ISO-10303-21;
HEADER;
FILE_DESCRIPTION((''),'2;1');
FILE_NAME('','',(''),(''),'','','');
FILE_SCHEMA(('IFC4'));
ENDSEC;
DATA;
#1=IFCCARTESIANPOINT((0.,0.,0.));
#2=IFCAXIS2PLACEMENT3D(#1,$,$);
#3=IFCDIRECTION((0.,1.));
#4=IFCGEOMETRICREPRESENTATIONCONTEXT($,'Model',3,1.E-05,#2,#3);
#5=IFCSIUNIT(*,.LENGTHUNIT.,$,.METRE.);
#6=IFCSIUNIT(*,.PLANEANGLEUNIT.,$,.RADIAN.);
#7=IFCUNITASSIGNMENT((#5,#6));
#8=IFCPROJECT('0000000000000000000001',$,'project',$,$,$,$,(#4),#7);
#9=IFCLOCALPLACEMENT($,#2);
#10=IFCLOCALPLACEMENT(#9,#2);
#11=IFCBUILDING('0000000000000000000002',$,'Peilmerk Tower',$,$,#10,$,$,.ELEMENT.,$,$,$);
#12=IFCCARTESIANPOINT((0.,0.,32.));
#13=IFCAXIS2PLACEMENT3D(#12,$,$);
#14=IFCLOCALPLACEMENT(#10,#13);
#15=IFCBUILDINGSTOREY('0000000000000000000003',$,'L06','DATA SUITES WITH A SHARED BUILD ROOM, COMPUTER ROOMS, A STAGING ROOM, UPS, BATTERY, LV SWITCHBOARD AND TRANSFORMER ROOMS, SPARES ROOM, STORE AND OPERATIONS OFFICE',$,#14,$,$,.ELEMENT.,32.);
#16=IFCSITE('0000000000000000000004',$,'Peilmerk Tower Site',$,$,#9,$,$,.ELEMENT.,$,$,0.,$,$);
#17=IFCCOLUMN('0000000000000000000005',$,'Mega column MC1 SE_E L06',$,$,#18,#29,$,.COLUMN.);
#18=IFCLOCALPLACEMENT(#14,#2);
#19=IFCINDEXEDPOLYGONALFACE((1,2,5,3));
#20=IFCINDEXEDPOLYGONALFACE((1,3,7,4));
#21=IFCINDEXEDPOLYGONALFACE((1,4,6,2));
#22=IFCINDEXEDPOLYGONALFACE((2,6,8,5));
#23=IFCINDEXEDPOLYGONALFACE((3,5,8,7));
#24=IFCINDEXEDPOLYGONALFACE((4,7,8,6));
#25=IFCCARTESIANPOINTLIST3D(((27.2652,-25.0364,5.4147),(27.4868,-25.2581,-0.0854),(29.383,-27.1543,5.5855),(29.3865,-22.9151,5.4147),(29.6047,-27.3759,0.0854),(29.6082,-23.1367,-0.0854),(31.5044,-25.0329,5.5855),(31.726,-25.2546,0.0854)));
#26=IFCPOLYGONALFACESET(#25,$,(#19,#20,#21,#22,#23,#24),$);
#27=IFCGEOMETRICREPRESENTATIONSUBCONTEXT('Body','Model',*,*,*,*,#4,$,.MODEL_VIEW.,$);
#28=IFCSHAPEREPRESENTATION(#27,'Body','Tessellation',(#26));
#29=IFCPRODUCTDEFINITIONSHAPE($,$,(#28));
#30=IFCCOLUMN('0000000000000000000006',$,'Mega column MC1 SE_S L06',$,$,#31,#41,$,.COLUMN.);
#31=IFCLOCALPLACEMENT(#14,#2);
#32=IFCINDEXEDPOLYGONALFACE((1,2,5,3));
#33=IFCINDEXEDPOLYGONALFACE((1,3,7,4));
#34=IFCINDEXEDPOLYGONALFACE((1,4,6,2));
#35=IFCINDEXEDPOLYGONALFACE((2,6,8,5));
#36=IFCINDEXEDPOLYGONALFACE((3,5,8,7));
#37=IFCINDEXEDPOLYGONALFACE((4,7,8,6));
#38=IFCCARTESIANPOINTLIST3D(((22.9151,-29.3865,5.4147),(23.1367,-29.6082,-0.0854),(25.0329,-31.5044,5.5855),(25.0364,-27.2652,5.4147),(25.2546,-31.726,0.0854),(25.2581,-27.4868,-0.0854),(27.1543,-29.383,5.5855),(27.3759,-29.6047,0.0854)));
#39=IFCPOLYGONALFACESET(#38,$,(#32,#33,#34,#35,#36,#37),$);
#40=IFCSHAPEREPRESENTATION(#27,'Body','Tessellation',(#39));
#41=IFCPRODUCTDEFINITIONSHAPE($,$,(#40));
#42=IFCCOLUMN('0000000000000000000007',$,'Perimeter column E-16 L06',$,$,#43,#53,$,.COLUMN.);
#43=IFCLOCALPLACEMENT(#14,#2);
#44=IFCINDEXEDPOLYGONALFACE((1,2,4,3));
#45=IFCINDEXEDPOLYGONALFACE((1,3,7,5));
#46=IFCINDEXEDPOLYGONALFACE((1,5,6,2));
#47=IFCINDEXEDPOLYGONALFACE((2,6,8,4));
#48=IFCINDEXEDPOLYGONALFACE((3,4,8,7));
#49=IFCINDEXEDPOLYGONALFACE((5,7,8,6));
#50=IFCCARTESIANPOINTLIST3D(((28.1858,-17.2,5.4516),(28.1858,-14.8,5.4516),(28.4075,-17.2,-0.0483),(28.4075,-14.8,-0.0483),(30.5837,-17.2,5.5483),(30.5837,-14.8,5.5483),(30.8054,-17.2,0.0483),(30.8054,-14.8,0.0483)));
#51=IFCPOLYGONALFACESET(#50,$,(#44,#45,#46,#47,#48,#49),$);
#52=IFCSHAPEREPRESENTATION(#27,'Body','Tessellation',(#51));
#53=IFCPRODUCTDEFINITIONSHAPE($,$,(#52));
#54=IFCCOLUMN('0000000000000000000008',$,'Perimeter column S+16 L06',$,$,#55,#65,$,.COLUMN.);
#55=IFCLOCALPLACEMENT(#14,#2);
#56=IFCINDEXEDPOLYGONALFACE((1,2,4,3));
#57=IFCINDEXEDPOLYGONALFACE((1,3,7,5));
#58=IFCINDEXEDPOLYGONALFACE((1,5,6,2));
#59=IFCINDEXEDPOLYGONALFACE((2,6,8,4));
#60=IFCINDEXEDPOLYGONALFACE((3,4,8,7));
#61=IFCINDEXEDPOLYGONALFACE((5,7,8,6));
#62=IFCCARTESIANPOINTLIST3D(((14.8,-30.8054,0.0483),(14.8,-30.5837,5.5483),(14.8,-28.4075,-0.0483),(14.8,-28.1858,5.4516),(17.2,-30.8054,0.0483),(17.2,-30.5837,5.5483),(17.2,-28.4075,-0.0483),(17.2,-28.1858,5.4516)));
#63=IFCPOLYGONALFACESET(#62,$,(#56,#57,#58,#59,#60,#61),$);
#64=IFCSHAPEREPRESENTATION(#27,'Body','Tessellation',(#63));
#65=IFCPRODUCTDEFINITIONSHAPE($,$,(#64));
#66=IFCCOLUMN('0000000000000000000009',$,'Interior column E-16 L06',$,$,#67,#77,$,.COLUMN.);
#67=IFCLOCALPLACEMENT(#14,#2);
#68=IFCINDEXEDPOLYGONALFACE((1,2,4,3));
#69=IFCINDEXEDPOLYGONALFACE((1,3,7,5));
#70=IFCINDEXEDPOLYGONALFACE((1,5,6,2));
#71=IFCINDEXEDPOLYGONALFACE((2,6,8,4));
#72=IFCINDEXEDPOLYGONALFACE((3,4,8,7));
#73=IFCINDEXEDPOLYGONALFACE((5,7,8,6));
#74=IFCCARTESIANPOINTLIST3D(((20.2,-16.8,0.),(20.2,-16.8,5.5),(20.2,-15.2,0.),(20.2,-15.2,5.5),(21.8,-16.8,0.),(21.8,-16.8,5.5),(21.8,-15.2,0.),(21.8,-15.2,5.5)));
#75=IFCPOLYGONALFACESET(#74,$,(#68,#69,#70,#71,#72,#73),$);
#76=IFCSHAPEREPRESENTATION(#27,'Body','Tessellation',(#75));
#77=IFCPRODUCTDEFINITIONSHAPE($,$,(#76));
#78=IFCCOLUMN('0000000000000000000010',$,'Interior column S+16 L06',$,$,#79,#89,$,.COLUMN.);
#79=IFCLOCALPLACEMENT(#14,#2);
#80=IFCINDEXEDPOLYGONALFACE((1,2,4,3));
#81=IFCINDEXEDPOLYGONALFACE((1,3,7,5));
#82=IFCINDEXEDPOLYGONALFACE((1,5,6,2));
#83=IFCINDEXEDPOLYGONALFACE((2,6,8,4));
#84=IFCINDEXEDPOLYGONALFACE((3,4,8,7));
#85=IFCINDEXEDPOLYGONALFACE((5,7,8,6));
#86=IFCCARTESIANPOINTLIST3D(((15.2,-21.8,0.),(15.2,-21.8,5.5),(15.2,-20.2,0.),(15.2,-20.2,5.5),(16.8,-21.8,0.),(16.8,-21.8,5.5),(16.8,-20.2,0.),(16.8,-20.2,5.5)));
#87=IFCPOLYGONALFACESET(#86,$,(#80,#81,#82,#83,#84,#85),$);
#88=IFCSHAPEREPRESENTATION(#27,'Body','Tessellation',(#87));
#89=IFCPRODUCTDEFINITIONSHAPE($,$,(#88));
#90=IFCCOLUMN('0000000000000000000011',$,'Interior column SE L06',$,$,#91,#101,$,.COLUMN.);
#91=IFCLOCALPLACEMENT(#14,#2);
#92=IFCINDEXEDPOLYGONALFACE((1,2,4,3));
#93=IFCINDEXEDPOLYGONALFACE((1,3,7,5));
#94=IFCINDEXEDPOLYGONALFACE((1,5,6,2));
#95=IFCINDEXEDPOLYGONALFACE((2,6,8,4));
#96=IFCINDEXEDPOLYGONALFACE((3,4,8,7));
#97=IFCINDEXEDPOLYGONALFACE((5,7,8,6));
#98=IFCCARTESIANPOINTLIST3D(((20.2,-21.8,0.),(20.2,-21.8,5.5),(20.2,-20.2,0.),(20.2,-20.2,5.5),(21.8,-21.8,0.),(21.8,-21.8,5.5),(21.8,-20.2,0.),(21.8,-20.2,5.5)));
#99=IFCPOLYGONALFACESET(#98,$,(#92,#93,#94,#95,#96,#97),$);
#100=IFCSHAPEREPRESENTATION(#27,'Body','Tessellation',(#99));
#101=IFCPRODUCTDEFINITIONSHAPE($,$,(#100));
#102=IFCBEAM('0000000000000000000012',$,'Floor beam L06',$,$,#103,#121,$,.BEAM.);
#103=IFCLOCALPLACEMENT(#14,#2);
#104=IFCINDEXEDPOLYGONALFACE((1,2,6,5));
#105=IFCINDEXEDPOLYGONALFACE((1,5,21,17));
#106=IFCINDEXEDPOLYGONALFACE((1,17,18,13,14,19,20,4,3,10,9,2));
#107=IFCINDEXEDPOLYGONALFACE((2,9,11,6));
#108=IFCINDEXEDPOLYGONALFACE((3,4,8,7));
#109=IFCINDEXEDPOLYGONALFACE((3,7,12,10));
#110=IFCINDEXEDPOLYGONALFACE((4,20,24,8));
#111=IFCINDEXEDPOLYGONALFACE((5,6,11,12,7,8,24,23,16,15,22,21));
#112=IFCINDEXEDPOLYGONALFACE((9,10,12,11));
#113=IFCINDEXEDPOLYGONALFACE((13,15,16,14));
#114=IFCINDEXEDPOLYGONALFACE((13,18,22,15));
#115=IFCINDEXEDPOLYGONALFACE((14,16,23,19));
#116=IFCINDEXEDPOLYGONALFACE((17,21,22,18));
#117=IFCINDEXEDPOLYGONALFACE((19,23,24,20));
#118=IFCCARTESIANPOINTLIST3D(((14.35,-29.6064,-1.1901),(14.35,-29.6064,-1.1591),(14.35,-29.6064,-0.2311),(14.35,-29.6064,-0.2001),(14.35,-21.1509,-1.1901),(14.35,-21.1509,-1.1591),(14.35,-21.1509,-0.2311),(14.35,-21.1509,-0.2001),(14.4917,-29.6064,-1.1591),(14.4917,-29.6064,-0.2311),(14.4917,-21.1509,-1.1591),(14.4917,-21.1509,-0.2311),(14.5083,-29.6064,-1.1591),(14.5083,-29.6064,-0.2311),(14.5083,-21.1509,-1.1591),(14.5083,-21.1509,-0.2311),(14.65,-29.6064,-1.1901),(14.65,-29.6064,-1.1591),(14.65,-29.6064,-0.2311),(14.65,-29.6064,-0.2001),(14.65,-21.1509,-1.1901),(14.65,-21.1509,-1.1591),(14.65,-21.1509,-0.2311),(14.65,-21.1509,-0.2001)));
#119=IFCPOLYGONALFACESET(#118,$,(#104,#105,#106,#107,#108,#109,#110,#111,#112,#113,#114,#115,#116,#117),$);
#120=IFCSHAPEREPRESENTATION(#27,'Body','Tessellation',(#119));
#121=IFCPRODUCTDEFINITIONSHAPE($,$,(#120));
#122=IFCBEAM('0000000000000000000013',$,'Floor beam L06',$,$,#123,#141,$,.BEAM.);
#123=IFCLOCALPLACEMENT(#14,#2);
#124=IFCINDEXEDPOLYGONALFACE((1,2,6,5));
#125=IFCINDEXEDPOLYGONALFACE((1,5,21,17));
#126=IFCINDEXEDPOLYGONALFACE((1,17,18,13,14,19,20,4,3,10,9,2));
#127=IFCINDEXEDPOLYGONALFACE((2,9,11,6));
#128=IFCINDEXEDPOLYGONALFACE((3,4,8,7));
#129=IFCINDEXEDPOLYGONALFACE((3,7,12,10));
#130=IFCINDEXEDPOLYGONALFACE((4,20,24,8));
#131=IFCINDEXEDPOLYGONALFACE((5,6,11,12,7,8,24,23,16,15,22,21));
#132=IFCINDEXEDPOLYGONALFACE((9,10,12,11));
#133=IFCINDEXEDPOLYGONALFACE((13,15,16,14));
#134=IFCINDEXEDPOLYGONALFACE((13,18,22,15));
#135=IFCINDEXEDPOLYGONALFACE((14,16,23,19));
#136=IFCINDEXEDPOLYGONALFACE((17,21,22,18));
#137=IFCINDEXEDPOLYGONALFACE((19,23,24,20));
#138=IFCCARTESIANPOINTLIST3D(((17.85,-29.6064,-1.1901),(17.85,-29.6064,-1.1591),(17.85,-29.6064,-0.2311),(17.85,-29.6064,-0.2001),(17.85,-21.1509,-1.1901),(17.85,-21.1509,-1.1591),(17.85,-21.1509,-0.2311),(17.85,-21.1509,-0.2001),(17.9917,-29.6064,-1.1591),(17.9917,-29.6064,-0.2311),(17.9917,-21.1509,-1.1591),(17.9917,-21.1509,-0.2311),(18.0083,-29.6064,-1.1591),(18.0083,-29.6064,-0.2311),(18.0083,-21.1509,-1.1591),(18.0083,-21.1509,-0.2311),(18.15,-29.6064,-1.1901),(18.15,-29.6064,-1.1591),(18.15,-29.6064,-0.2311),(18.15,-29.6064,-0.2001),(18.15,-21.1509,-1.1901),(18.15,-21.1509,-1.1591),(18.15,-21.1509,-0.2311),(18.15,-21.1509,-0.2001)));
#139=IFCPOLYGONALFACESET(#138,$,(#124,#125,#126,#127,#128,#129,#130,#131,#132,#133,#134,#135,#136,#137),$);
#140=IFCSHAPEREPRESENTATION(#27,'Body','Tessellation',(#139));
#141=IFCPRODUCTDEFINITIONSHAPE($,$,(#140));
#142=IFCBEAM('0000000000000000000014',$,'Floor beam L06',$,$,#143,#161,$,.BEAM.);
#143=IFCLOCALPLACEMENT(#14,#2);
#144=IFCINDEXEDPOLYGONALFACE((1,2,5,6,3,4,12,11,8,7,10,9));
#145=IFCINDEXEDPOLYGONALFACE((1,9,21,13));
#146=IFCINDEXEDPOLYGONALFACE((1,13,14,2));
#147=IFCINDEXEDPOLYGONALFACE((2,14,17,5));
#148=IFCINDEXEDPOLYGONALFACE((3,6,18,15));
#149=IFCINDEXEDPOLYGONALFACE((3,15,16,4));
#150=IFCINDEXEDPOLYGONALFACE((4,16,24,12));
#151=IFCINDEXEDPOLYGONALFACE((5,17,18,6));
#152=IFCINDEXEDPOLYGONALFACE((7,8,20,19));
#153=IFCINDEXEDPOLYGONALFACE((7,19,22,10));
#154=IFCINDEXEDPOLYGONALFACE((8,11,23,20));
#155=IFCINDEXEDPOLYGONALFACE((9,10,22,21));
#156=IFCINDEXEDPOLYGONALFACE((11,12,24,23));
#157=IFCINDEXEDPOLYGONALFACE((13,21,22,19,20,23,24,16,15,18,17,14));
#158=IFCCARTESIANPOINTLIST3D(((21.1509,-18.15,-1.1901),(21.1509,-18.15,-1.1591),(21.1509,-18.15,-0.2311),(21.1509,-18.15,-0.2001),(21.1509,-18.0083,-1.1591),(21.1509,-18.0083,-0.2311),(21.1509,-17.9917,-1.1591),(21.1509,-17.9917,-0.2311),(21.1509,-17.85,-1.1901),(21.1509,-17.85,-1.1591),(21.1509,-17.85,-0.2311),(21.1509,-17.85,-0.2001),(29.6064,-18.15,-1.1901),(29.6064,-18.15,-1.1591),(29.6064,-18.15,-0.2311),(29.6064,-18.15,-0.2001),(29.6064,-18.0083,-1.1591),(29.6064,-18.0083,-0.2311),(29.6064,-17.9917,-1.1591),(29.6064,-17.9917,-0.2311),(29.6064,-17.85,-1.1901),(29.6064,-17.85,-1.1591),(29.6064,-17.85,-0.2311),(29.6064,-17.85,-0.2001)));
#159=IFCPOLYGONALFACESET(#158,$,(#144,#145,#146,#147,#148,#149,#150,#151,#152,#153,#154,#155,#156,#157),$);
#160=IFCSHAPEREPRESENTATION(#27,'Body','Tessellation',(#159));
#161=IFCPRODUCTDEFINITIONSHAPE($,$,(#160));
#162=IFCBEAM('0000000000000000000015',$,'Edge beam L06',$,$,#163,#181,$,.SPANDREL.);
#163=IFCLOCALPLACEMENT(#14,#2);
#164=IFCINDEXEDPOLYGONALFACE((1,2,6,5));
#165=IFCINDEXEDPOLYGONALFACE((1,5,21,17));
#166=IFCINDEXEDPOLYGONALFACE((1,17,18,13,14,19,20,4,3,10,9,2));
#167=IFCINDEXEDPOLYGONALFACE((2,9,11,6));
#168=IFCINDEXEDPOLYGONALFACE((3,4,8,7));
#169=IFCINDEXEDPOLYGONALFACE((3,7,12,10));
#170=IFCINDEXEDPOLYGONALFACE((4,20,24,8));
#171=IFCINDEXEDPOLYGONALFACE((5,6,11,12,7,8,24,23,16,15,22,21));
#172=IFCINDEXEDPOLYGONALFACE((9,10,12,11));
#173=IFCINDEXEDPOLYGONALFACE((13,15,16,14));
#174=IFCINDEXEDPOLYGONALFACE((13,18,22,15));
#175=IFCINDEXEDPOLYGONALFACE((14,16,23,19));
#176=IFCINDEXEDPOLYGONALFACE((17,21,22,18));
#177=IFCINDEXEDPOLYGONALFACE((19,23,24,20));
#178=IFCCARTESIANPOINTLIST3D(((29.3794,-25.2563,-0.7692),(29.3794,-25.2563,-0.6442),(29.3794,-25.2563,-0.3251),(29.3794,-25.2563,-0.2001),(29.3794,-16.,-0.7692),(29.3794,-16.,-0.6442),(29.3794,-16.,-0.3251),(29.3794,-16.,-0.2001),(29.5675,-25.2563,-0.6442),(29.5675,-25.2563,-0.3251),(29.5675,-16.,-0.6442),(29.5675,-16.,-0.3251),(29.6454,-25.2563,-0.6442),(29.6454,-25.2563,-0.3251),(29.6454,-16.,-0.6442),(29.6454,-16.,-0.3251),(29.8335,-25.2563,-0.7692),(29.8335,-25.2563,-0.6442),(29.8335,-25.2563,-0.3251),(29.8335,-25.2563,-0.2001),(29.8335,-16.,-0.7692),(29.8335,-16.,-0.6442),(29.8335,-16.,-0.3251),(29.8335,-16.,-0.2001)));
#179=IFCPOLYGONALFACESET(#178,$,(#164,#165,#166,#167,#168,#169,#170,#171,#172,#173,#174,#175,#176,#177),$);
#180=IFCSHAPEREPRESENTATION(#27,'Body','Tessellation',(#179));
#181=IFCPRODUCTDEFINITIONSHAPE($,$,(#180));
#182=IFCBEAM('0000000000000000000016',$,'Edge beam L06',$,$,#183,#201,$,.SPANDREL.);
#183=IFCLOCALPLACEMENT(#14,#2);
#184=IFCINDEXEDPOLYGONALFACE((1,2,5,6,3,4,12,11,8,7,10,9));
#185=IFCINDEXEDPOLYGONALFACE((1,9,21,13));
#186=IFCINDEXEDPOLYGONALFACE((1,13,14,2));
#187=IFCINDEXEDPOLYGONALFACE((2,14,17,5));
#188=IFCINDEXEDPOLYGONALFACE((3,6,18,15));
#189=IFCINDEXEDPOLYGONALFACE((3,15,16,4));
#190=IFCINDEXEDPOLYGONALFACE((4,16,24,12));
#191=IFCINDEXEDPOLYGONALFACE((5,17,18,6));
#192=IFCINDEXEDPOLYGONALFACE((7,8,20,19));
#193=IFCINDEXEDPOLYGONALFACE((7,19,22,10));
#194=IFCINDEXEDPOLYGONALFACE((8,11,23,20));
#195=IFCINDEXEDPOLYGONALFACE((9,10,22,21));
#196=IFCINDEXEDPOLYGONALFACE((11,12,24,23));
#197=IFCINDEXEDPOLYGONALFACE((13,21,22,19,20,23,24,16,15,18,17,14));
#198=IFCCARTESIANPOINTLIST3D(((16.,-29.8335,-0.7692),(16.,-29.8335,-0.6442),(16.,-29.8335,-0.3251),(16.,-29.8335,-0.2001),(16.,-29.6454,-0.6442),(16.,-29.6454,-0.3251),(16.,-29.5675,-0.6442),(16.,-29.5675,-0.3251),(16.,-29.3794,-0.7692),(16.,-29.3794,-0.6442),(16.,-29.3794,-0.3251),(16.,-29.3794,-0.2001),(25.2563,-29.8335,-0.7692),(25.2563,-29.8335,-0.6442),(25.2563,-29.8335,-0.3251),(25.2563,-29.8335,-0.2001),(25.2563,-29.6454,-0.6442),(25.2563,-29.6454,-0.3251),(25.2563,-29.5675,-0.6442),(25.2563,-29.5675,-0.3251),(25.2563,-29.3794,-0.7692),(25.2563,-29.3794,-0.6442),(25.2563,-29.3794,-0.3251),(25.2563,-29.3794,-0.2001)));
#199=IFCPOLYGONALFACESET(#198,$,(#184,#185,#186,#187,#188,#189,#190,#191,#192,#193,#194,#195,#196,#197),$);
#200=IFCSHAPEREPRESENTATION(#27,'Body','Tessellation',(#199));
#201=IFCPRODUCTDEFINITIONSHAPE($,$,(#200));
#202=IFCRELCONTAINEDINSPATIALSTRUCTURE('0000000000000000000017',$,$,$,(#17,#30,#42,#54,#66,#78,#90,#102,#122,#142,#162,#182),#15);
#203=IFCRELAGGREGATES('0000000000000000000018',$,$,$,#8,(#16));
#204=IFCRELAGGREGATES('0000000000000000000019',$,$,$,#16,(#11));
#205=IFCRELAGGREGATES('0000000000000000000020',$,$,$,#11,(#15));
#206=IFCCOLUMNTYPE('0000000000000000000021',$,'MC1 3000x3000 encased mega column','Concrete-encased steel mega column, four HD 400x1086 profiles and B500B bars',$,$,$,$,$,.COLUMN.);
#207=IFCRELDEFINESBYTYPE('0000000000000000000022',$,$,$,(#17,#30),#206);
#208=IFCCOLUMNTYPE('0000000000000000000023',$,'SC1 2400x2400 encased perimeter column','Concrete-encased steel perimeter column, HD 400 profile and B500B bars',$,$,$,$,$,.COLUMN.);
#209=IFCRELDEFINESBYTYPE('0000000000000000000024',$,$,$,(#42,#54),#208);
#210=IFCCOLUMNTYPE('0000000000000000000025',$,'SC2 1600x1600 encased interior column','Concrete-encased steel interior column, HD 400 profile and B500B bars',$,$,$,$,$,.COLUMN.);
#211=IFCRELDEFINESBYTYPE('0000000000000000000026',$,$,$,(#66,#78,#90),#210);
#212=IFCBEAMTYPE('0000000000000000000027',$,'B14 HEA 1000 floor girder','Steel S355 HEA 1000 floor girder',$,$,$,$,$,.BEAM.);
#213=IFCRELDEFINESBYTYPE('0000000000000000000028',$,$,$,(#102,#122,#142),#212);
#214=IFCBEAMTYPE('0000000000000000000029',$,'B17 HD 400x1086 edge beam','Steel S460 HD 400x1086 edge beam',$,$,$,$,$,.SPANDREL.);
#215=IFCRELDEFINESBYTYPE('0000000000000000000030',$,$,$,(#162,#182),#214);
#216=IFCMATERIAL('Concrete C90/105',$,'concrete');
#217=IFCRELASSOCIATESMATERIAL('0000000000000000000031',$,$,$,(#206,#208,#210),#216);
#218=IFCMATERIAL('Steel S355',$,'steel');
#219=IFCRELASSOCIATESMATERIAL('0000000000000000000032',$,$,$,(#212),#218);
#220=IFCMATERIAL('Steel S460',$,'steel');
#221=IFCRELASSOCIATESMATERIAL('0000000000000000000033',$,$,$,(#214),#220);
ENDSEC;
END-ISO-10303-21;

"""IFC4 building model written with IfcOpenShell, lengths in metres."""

from ifc_helpers import new_model, si_unit, direction, frame, origin, origin_2d, place, context, subcontext, project, spatial, rectangle, i_section, extrude, material, material_profile, profile_set, type_object, element, save


model = new_model("IFC4")

# Units and contexts
model_context = context("Model", 3, precision=1e-05, world=origin(), true_north=direction((0.0, 1.0)))
body_context = subcontext(model_context, "Body", "Model", "MODEL_VIEW")
ifc_project = project(units=[si_unit("LENGTHUNIT", "METRE"), si_unit("PLANEANGLEUNIT", "RADIAN")], contexts=[model_context])

# Site, building, storey
site_placement = place(None, origin())
site = spatial("IfcSite", under=ifc_project, at=site_placement, Name="Peilmerk Tower Site", CompositionType="ELEMENT", RefElevation=0.0)
building_placement = place(site_placement, origin())
building = spatial("IfcBuilding", under=site, at=building_placement, Name="Peilmerk Tower", CompositionType="ELEMENT")
storey_placement = place(building_placement, frame((0.0, 0.0, 32.0)))
storey = spatial("IfcBuildingStorey", under=building, at=storey_placement, Name="L06", Description="DATA SUITES WITH A SHARED BUILD ROOM, COMPUTER ROOMS, A STAGING ROOM, UPS, BATTERY, LV SWITCHBOARD AND TRANSFORMER ROOMS, SPARES ROOM, STORE AND OPERATIONS OFFICE", CompositionType="ELEMENT", Elevation=32.0)

# Columns
ifc_material_1 = material(Name="Concrete C90/105", Category="concrete")
ifc_material_profile_1 = material_profile(ifc_material_1, rectangle(XDim=3.0, YDim=3.0, at=origin_2d()), Name="RC 3000x3000")
ifc_profile_set_1 = profile_set([ifc_material_profile_1], Name="Concrete C90/105")
column_type_1 = type_object("IfcColumnType", Name="MC1 3000x3000 encased mega column", Description="Concrete-encased steel mega column, four HD 400x1086 profiles and B500B bars", PredefinedType="COLUMN", material=ifc_profile_set_1)
for number, where, z_axis, x_axis, name in (
    (1, (29.6064, -25.2563, 0.0), (-0.04024, 0.04024, 0.998379), (-0.707107, -0.707107, 0.0), "Mega column MC1 SE_E L06"),
    (2, (25.2563, -29.6064, 0.0), (-0.04024, 0.04024, 0.998379), (-0.707107, -0.707107, 0.0), "Mega column MC1 SE_S L06"),
):
    element("IfcColumn", number, at=place(storey_placement, frame(where, z_axis=z_axis, x_axis=x_axis)), inside=storey, type_object=column_type_1, Name=name, PredefinedType="COLUMN", context=body_context, shape_type="SweptSolid", body=[
        extrude(rectangle(XDim=3.0, YDim=3.0, at=origin_2d()), origin(), (0.0, 0.0, 1.0), 5.509),
    ])
ifc_material_profile_2 = material_profile(ifc_material_1, rectangle(XDim=2.3999, YDim=2.3999, at=origin_2d()), Name="RC 2400x2400")
ifc_profile_set_2 = profile_set([ifc_material_profile_2], Name="Concrete C90/105")
column_type_2 = type_object("IfcColumnType", Name="SC1 2400x2400 encased perimeter column", Description="Concrete-encased steel perimeter column, HD 400 profile and B500B bars", PredefinedType="COLUMN", material=ifc_profile_set_2)
for number, where, z_axis, x_axis, name in (
    (3, (29.6064, -16.0, 0.0), (-0.040273, 0.0, 0.999189), (0.0, -1.0, 0.0), "Perimeter column E-16 L06"),
    (4, (16.0, -29.6064, 0.0), (0.0, 0.040273, 0.999189), (-1.0, 0.0, 0.0), "Perimeter column S+16 L06"),
):
    element("IfcColumn", number, at=place(storey_placement, frame(where, z_axis=z_axis, x_axis=x_axis)), inside=storey, type_object=column_type_2, Name=name, PredefinedType="COLUMN", context=body_context, shape_type="SweptSolid", body=[
        extrude(rectangle(XDim=2.3999, YDim=2.3999, at=origin_2d()), origin(), (0.0, 0.0, 1.0), 5.5044),
    ])
ifc_material_profile_3 = material_profile(ifc_material_1, rectangle(XDim=1.6001, YDim=1.6001, at=origin_2d()), Name="RC 1600x1600")
ifc_profile_set_3 = profile_set([ifc_material_profile_3], Name="Concrete C90/105")
column_type_3 = type_object("IfcColumnType", Name="SC2 1600x1600 encased interior column", Description="Concrete-encased steel interior column, HD 400 profile and B500B bars", PredefinedType="COLUMN", material=ifc_profile_set_3)
for number, where, z_axis, x_axis, name in (
    (5, (21.0, -16.0, 0.0), (0.0, 0.0, 1.0), (1.0, 0.0, 0.0), "Interior column E-16 L06"),
    (6, (16.0, -21.0, 0.0), (0.0, 0.0, 1.0), (1.0, 0.0, 0.0), "Interior column S+16 L06"),
    (7, (21.0, -21.0, 0.0), (0.0, 0.0, 1.0), (1.0, 0.0, 0.0), "Interior column SE L06"),
):
    element("IfcColumn", number, at=place(storey_placement, frame(where, z_axis=z_axis, x_axis=x_axis)), inside=storey, type_object=column_type_3, Name=name, PredefinedType="COLUMN", context=body_context, shape_type="SweptSolid", body=[
        extrude(rectangle(XDim=1.6001, YDim=1.6001, at=origin_2d()), origin(), (0.0, 0.0, 1.0), 5.5),
    ])

# Beams
ifc_material_2 = material(Name="Steel S355", Category="steel")
ifc_material_profile_4 = material_profile(ifc_material_2, i_section(OverallWidth=0.3, OverallDepth=0.99, WebThickness=0.0166, FlangeThickness=0.031, at=origin_2d()), Name="HEA 1000")
ifc_profile_set_4 = profile_set([ifc_material_profile_4], Name="Steel S355")
beam_type_1 = type_object("IfcBeamType", Name="B14 HEA 1000 floor girder", Description="Steel S355 HEA 1000 floor girder", PredefinedType="BEAM", material=ifc_profile_set_4)
for number, where, z_axis, x_axis, name in (
    (8, (14.5, -21.1509, -0.6951), (0.0, -1.0, 0.0), (1.0, 0.0, 0.0), "Floor beam L06"),
    (9, (18.0, -21.1509, -0.6951), (0.0, -1.0, 0.0), (1.0, 0.0, 0.0), "Floor beam L06"),
    (10, (21.1509, -18.0, -0.6951), (1.0, 0.0, 0.0), (0.0, 1.0, 0.0), "Floor beam L06"),
):
    element("IfcBeam", number, at=place(storey_placement, frame(where, z_axis=z_axis, x_axis=x_axis)), inside=storey, type_object=beam_type_1, Name=name, PredefinedType="BEAM", context=body_context, shape_type="SweptSolid", body=[
        extrude(i_section(OverallWidth=0.3, OverallDepth=0.99, WebThickness=0.0166, FlangeThickness=0.031, at=origin_2d()), origin(), (0.0, 0.0, 1.0), 8.4556),
    ])
ifc_material_3 = material(Name="Steel S460", Category="steel")
ifc_material_profile_5 = material_profile(ifc_material_3, i_section(OverallWidth=0.4541, OverallDepth=0.5691, WebThickness=0.0779, FlangeThickness=0.125, at=origin_2d()), Name="HD 400x1086")
ifc_profile_set_5 = profile_set([ifc_material_profile_5], Name="Steel S460")
beam_type_2 = type_object("IfcBeamType", Name="B17 HD 400x1086 edge beam", Description="Steel S460 HD 400x1086 edge beam", PredefinedType="SPANDREL", material=ifc_profile_set_5)
for number, where, z_axis, x_axis, name in (
    (11, (29.6064, -25.2563, -0.4846), (0.0, 1.0, 0.0), (-1.0, 0.0, 0.0), "Edge beam L06"),
    (12, (16.0, -29.6064, -0.4846), (1.0, 0.0, 0.0), (0.0, 1.0, 0.0), "Edge beam L06"),
):
    element("IfcBeam", number, at=place(storey_placement, frame(where, z_axis=z_axis, x_axis=x_axis)), inside=storey, type_object=beam_type_2, Name=name, PredefinedType="SPANDREL", context=body_context, shape_type="SweptSolid", body=[
        extrude(i_section(OverallWidth=0.4541, OverallDepth=0.5691, WebThickness=0.0779, FlangeThickness=0.125, at=origin_2d()), origin(), (0.0, 0.0, 1.0), 9.2563),
    ])

save(model, "model.ifc")
